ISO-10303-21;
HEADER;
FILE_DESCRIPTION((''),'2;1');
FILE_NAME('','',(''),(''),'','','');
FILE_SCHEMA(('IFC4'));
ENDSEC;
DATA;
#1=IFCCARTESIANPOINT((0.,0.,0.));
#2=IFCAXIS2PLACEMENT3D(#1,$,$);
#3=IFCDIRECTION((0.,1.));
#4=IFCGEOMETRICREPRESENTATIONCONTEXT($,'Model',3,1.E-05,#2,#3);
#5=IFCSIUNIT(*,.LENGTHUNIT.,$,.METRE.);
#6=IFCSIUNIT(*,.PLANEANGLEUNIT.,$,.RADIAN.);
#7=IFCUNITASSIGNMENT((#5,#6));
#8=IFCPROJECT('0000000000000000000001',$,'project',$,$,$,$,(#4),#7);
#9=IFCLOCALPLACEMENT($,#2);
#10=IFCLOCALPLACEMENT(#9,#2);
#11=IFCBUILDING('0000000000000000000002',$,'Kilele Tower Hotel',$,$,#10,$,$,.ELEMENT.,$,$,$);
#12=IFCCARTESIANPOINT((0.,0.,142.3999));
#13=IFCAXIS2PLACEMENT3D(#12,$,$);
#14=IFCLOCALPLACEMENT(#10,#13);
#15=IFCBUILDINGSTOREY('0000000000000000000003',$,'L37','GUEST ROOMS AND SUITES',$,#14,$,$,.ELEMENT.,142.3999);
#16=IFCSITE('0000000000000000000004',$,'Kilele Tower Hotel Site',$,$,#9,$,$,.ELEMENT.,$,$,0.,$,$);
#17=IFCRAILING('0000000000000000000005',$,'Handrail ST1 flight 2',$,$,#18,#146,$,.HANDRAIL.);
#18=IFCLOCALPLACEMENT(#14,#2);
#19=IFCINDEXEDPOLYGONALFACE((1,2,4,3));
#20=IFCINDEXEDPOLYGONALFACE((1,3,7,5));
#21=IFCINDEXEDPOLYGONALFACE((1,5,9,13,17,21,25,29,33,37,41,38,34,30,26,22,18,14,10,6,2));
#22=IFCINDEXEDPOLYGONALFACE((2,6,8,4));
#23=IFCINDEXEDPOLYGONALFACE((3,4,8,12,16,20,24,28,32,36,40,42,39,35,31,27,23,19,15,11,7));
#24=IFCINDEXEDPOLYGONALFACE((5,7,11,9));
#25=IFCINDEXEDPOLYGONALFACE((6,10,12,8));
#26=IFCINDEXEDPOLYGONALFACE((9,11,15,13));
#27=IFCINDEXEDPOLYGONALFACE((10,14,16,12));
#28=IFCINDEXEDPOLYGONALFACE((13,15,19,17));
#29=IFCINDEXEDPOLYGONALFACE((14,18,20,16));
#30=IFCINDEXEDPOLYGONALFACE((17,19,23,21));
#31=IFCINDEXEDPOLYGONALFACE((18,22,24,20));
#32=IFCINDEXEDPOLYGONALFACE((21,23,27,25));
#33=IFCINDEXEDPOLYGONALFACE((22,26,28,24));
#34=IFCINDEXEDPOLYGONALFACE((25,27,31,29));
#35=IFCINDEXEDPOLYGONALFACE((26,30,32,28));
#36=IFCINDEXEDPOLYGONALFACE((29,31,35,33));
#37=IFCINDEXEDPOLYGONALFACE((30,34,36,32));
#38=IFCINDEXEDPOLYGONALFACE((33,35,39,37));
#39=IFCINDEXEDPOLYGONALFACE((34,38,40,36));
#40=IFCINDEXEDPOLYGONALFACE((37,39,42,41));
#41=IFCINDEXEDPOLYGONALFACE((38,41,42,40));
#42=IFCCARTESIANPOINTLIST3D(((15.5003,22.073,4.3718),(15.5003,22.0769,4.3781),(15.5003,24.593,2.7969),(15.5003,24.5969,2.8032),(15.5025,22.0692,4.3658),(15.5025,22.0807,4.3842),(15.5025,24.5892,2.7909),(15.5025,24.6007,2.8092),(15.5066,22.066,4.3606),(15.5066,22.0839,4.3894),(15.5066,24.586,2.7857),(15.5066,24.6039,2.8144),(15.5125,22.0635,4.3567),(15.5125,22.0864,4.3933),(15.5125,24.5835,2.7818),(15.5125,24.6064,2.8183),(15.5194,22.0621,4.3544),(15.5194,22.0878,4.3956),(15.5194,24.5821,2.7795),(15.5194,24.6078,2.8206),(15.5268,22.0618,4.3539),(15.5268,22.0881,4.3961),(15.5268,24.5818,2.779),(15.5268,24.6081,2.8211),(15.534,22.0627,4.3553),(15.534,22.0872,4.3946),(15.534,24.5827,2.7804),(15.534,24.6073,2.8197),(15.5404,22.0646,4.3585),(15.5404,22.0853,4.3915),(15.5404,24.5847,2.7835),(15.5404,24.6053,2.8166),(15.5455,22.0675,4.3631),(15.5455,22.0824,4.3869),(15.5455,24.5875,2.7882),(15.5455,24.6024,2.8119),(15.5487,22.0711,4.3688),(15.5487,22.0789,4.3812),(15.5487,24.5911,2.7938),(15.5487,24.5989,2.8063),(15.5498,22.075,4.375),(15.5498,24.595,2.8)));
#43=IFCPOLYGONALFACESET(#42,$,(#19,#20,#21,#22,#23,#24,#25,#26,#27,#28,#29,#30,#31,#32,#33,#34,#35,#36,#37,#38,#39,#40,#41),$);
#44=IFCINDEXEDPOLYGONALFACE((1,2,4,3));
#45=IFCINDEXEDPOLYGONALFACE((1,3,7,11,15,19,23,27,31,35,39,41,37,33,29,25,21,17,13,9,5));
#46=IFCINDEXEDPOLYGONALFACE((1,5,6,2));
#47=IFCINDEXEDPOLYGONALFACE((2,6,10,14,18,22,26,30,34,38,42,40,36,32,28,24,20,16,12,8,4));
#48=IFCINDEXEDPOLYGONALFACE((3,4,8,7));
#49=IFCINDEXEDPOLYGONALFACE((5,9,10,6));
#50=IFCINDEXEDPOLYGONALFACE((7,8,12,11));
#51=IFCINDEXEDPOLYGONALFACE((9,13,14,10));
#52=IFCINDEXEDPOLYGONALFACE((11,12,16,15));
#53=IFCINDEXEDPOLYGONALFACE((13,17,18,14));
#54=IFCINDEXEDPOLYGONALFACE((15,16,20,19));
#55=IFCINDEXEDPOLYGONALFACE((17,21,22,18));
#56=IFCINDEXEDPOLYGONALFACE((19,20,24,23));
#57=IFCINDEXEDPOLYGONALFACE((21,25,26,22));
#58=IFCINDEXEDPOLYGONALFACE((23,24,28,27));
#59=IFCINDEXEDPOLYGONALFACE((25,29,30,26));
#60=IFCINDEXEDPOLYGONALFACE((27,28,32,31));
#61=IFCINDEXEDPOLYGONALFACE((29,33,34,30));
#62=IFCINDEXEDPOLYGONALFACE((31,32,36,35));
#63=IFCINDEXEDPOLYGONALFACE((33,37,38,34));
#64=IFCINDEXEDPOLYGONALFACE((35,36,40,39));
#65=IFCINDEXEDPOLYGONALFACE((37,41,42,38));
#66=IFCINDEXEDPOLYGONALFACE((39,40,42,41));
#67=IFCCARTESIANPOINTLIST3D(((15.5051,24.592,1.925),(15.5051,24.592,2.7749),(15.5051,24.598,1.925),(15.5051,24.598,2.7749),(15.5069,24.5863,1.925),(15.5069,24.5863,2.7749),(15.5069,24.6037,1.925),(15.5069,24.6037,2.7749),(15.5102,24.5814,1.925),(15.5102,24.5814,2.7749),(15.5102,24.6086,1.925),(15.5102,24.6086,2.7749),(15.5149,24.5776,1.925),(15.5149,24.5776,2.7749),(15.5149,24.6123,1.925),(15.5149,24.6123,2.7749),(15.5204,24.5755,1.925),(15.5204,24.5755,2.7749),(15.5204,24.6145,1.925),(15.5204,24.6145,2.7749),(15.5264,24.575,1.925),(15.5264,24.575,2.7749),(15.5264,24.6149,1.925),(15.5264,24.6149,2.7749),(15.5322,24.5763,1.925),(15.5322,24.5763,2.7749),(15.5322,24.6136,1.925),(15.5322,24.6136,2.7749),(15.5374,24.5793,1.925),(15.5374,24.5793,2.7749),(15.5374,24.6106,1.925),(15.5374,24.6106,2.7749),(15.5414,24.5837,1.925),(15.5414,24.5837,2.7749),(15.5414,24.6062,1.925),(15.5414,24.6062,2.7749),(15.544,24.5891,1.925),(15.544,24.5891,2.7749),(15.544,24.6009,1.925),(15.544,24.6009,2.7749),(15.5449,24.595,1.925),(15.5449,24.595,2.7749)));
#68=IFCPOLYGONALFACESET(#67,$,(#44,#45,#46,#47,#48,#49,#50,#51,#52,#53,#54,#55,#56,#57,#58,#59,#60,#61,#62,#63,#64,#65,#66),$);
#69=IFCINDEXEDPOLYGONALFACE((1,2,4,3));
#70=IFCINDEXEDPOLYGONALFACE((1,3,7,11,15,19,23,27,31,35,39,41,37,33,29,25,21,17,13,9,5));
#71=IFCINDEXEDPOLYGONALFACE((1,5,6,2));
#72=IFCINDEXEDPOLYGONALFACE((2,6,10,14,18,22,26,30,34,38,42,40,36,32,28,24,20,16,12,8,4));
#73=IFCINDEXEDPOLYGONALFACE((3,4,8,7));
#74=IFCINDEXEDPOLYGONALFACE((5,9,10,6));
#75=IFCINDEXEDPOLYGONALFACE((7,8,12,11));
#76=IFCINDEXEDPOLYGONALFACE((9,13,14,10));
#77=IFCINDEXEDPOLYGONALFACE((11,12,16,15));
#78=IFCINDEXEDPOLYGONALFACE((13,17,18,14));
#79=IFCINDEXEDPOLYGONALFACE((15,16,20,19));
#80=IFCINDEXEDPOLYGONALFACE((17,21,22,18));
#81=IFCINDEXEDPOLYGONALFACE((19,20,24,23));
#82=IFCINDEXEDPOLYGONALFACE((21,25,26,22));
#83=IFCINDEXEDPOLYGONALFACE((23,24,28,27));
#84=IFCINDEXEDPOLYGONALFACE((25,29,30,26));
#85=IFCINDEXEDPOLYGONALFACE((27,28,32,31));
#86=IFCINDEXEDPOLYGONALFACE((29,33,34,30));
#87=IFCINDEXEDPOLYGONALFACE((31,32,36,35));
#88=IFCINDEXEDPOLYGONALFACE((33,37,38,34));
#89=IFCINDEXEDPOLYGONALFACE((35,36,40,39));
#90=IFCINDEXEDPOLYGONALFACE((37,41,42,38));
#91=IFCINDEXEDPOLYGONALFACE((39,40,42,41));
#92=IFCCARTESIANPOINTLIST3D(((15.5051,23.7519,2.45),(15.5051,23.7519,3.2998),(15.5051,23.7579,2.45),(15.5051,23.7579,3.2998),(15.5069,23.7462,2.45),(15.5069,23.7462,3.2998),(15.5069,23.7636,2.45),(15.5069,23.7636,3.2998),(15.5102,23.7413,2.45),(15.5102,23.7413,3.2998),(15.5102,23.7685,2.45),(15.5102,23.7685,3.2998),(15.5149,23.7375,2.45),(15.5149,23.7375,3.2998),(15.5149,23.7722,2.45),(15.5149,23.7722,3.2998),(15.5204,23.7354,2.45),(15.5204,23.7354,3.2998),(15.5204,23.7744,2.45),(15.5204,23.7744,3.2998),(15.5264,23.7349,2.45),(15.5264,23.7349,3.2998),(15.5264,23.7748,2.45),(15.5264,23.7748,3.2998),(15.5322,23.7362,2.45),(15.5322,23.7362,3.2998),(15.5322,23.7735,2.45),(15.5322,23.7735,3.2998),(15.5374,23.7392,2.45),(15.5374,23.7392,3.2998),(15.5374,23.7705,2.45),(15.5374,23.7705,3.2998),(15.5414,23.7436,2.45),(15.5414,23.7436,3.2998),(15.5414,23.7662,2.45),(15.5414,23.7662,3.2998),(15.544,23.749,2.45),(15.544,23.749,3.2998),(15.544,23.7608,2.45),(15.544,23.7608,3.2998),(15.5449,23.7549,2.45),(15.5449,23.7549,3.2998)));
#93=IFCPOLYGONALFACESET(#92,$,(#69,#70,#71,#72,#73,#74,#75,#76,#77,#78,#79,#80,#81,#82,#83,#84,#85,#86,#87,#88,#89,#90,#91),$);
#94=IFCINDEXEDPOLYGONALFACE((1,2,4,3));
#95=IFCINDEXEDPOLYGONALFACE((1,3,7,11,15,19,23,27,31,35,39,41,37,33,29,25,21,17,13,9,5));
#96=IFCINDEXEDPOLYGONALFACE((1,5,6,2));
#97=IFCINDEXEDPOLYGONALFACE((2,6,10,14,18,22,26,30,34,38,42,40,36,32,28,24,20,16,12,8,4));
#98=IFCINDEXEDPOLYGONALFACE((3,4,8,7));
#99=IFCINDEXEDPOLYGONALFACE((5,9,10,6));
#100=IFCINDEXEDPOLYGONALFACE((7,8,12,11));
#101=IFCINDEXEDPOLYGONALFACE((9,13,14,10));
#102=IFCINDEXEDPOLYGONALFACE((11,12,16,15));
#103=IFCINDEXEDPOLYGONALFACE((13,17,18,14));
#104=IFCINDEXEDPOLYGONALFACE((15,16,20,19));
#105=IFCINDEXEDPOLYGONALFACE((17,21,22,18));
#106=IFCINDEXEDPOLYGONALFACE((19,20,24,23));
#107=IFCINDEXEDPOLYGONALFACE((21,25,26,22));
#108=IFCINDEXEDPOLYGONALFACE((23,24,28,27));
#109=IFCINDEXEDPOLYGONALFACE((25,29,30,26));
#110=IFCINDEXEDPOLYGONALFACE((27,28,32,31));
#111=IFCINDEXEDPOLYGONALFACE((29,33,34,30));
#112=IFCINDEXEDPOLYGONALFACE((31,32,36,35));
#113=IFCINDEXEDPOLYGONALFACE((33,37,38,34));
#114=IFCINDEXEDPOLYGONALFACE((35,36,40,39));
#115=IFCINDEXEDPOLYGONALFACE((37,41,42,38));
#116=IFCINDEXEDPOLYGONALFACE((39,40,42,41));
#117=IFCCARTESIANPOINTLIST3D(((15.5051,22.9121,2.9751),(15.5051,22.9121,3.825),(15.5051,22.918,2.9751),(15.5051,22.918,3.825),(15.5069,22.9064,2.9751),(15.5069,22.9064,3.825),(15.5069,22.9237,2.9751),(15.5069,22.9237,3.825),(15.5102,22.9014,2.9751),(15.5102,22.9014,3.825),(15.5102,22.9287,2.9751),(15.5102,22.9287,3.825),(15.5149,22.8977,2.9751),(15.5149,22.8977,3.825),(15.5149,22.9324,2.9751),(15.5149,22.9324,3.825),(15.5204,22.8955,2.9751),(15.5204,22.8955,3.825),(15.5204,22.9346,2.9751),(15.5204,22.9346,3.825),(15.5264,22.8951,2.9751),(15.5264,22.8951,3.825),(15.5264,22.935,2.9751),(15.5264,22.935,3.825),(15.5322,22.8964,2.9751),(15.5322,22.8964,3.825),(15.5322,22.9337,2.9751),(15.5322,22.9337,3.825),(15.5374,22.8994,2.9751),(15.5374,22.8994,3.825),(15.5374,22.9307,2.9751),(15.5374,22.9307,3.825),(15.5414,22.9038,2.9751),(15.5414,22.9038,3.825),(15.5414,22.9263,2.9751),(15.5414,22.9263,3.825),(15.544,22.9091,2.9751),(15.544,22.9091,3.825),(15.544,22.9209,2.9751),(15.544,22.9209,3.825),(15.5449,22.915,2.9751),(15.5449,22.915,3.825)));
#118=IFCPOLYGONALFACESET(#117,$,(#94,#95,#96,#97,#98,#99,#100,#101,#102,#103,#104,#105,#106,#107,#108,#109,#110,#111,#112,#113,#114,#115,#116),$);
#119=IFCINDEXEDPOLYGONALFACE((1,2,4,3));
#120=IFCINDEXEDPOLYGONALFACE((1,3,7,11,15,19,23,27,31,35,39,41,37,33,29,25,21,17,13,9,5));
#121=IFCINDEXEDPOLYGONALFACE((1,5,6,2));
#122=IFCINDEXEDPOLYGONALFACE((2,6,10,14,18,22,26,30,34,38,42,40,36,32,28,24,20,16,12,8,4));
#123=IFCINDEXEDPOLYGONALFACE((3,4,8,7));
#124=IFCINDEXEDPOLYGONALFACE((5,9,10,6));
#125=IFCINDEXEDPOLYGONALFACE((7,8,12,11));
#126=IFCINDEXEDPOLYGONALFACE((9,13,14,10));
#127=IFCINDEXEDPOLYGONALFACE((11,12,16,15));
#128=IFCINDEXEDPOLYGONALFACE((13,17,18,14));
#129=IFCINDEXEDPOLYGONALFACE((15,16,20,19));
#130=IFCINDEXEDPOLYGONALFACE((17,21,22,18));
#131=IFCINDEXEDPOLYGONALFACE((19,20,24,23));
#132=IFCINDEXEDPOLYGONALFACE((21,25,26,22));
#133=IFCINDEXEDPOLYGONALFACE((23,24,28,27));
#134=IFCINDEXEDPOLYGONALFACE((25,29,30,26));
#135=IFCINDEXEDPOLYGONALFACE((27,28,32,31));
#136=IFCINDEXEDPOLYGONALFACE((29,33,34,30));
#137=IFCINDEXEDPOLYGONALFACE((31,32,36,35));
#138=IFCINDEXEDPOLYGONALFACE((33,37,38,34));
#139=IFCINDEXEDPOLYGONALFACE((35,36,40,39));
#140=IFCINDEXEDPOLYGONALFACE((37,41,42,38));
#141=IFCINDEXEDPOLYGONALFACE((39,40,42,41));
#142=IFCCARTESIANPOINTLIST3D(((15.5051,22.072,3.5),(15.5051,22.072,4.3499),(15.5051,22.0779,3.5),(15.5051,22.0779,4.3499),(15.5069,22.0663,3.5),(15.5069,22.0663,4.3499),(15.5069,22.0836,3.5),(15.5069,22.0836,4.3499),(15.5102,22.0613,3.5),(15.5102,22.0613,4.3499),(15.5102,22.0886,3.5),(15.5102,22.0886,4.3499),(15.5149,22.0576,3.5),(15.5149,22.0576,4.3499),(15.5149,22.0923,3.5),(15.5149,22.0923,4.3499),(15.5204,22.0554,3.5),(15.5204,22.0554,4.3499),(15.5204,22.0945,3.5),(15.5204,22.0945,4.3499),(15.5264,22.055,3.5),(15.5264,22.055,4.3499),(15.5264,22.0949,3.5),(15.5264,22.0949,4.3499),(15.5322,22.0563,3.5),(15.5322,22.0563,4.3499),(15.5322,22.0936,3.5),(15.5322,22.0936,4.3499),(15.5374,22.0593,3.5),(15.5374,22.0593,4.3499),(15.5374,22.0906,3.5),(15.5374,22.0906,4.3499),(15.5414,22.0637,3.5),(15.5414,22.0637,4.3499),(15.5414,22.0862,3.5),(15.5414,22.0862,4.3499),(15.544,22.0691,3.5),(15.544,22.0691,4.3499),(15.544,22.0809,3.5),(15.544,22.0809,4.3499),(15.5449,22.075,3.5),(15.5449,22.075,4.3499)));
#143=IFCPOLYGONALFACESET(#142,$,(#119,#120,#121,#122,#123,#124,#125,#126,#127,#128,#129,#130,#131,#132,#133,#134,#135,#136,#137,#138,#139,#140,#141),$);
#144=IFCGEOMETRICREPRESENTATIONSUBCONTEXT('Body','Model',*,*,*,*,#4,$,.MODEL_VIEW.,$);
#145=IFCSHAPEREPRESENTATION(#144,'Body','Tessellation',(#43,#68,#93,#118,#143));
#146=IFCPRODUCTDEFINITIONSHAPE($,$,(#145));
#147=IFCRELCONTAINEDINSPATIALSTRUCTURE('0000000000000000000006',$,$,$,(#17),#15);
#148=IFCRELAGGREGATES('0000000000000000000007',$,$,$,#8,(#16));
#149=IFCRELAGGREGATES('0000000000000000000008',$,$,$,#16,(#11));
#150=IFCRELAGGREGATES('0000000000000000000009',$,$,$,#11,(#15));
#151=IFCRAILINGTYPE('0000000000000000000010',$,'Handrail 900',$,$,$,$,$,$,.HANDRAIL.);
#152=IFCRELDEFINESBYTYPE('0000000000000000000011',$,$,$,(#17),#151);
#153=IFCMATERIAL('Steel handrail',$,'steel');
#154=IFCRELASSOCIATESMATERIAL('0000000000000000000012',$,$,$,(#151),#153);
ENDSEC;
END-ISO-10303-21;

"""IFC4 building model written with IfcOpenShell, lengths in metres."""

from ifc_helpers import new_model, si_unit, direction, frame, origin, origin_2d, place, context, subcontext, project, spatial, circle, extrude, material, type_object, element, save


model = new_model("IFC4")

# Units and contexts
model_context = context("Model", 3, precision=1e-05, world=origin(), true_north=direction((0.0, 1.0)))
body_context = subcontext(model_context, "Body", "Model", "MODEL_VIEW")
ifc_project = project(units=[si_unit("LENGTHUNIT", "METRE"), si_unit("PLANEANGLEUNIT", "RADIAN")], contexts=[model_context])

# Site, building, storey
site_placement = place(None, origin())
site = spatial("IfcSite", under=ifc_project, at=site_placement, Name="Kilele Tower Hotel Site", CompositionType="ELEMENT", RefElevation=0.0)
building_placement = place(site_placement, origin())
building = spatial("IfcBuilding", under=site, at=building_placement, Name="Kilele Tower Hotel", CompositionType="ELEMENT")
storey_placement = place(building_placement, frame((0.0, 0.0, 142.3999)))
storey = spatial("IfcBuildingStorey", under=building, at=storey_placement, Name="L37", Description="GUEST ROOMS AND SUITES", CompositionType="ELEMENT", Elevation=142.3999)

# Railing
ifc_material_1 = material(Name="Steel handrail", Category="steel")
railing_type_1 = type_object("IfcRailingType", Name="Handrail 900", PredefinedType="HANDRAIL", material=ifc_material_1)
for number, where, name in (
    (1, (15.5249, 24.595, 1.925), "Handrail ST1 flight 2"),
):
    element("IfcRailing", number, at=place(storey_placement, frame(where)), inside=storey, type_object=railing_type_1, Name=name, PredefinedType="HANDRAIL", context=body_context, shape_type="SweptSolid", body=[
        extrude(circle(Radius=0.0249, at=origin_2d()), frame((0.0, 0.0, 0.875), z_axis=(0.0, -0.848008, 0.529984), x_axis=(1.0, 0.0, 0.0)), (0.0, 0.0, 1.0), 2.9717),
        extrude(circle(Radius=0.02, at=origin_2d()), origin(), (0.0, 0.0, 1.0), 0.8499),
        extrude(circle(Radius=0.02, at=origin_2d()), frame((0.0, -0.8401, 0.5249)), (0.0, 0.0, 1.0), 0.8499),
        extrude(circle(Radius=0.02, at=origin_2d()), frame((0.0, -1.6799, 1.05)), (0.0, 0.0, 1.0), 0.8499),
        extrude(circle(Radius=0.02, at=origin_2d()), frame((0.0, -2.52, 1.575)), (0.0, 0.0, 1.0), 0.8499),
    ])

save(model, "model.ifc")
